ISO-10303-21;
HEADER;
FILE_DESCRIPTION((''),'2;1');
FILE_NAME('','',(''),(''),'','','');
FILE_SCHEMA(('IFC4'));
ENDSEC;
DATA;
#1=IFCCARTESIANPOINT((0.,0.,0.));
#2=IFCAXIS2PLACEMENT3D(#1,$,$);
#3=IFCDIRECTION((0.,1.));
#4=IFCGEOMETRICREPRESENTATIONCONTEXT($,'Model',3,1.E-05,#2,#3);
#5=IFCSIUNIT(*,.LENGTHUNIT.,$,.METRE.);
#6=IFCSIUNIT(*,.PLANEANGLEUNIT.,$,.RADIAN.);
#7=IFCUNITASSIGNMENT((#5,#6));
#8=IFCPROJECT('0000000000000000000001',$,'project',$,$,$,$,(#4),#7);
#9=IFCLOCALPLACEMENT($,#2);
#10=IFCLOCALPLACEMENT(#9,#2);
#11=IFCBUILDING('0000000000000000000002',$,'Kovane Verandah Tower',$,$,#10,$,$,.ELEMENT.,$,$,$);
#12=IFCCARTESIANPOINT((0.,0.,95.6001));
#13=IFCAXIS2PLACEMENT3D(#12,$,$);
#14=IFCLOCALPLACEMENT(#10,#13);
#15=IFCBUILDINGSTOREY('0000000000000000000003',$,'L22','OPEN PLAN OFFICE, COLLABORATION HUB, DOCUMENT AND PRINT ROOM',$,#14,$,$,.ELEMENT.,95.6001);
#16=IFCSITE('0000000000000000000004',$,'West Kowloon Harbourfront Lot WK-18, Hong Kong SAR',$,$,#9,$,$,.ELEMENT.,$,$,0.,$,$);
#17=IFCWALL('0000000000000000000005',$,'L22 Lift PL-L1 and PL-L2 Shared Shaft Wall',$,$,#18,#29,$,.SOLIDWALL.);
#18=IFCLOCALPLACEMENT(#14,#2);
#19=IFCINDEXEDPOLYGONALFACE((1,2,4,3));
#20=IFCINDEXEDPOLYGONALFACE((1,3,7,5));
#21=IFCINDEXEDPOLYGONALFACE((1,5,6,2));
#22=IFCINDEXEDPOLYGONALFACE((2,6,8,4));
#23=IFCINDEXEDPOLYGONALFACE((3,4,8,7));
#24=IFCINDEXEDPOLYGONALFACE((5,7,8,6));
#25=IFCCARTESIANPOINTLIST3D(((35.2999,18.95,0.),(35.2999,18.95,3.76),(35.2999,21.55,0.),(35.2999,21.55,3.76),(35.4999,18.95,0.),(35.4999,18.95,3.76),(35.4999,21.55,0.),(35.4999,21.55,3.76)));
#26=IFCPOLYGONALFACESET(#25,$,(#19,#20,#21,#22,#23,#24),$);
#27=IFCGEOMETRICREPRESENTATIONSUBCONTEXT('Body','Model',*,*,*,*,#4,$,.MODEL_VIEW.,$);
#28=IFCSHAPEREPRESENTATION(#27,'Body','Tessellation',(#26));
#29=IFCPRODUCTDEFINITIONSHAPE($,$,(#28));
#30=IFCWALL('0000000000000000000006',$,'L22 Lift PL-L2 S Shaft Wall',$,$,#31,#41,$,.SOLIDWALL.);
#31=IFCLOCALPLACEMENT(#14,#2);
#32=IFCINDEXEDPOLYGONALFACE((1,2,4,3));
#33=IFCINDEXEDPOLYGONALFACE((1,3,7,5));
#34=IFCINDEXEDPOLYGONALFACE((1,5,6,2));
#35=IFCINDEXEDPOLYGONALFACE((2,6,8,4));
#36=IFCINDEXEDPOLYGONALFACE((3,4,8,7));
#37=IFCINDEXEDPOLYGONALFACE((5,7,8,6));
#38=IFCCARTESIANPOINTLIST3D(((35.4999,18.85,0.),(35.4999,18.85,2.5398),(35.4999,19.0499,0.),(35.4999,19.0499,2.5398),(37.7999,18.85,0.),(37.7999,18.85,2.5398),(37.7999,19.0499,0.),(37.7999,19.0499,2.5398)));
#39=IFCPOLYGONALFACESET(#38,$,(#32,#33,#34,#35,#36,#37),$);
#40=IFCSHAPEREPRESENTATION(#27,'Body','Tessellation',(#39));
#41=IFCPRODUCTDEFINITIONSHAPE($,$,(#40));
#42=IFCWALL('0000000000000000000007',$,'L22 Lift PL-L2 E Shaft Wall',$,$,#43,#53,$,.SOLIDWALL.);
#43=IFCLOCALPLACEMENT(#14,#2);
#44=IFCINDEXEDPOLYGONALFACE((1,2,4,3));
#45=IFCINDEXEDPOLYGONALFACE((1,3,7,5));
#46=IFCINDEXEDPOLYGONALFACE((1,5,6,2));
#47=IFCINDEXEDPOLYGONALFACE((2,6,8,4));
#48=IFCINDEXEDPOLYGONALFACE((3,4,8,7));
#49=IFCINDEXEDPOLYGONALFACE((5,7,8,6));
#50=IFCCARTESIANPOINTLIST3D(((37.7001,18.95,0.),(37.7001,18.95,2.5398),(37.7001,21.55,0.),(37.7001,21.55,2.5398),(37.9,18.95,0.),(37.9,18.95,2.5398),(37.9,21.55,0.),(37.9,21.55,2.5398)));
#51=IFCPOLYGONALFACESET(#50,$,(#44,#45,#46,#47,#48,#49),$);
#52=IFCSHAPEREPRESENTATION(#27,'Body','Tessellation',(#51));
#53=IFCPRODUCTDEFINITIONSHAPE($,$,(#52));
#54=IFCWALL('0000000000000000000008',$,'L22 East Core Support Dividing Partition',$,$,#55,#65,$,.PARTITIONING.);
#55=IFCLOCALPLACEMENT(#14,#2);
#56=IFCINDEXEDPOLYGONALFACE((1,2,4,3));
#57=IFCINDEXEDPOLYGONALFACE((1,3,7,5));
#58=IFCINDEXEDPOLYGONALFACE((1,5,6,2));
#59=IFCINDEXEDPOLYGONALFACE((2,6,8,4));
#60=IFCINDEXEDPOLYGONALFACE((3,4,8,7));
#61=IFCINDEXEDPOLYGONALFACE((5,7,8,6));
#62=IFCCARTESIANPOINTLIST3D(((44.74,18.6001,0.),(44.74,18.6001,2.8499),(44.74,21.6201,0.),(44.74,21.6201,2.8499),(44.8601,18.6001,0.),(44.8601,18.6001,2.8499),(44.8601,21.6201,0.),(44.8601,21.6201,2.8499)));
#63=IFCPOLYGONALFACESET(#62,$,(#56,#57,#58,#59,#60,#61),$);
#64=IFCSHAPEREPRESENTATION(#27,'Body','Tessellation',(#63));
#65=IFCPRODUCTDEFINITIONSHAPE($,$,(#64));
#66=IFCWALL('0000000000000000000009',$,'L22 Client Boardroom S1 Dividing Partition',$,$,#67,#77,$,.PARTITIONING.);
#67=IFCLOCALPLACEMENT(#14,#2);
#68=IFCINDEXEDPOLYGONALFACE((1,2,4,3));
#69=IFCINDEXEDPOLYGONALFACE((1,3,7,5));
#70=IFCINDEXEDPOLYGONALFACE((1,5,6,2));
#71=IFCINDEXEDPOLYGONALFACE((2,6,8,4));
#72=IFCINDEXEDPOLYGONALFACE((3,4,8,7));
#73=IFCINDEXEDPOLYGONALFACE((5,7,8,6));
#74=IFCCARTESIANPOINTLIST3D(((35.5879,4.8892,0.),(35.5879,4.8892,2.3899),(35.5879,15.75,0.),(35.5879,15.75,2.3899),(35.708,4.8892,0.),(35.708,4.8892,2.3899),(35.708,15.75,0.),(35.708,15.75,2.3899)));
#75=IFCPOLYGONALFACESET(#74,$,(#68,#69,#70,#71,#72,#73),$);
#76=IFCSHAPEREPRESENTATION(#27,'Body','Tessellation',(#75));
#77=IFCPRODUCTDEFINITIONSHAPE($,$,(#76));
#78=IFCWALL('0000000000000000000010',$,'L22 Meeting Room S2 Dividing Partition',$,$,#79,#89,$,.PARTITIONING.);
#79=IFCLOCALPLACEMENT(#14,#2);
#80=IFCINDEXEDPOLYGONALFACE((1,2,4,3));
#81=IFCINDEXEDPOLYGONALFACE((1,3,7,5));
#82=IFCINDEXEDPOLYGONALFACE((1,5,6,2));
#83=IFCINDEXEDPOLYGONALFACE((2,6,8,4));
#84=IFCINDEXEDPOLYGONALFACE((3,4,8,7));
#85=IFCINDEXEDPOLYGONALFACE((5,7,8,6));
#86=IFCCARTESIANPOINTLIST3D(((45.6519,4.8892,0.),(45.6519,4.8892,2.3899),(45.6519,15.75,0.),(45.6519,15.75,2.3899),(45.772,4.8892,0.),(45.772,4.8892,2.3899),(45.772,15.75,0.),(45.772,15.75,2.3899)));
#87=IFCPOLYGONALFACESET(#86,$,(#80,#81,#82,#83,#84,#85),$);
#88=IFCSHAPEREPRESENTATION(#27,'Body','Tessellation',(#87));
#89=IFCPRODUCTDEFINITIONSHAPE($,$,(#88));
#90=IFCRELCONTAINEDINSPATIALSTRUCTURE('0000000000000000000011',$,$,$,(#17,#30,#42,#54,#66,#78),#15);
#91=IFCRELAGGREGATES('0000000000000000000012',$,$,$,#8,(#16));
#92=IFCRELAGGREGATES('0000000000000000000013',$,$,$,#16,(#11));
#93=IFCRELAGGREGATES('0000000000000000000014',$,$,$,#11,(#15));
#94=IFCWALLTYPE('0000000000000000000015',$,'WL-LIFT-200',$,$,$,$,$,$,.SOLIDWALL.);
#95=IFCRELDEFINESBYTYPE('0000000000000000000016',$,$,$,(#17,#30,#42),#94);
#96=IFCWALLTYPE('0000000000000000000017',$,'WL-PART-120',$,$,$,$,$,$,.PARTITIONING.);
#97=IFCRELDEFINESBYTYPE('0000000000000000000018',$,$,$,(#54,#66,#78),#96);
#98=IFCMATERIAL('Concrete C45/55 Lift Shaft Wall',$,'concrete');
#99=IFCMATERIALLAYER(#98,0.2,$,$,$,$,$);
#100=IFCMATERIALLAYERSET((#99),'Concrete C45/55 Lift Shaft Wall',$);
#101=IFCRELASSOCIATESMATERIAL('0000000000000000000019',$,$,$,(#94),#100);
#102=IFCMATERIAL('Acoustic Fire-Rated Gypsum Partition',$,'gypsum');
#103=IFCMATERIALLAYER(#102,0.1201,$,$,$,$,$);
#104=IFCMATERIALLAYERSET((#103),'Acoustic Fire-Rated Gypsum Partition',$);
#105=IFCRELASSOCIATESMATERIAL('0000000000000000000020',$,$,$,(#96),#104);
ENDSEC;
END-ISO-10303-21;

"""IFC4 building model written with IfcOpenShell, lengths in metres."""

from ifc_helpers import new_model, si_unit, direction, frame, frame_2d, origin, place, context, subcontext, project, spatial, rectangle, extrude, material, layer, layer_set, type_object, element, save


model = new_model("IFC4")

# Units and contexts
model_context = context("Model", 3, precision=1e-05, world=origin(), true_north=direction((0.0, 1.0)))
body_context = subcontext(model_context, "Body", "Model", "MODEL_VIEW")
ifc_project = project(units=[si_unit("LENGTHUNIT", "METRE"), si_unit("PLANEANGLEUNIT", "RADIAN")], contexts=[model_context])

# Site, building, storey
site_placement = place(None, origin())
site = spatial("IfcSite", under=ifc_project, at=site_placement, Name="West Kowloon Harbourfront Lot WK-18, Hong Kong SAR", CompositionType="ELEMENT", RefElevation=0.0)
building_placement = place(site_placement, origin())
building = spatial("IfcBuilding", under=site, at=building_placement, Name="Kovane Verandah Tower", CompositionType="ELEMENT")
storey_placement = place(building_placement, frame((0.0, 0.0, 95.6001)))
storey = spatial("IfcBuildingStorey", under=building, at=storey_placement, Name="L22", Description="OPEN PLAN OFFICE, COLLABORATION HUB, DOCUMENT AND PRINT ROOM", CompositionType="ELEMENT", Elevation=95.6001)

# Shared definitions
ifc_material_1 = material(Name="Concrete C45/55 Lift Shaft Wall", Category="concrete")
ifc_layer_1 = layer(ifc_material_1, 0.2)
ifc_layer_set_1 = layer_set([ifc_layer_1], Name="Concrete C45/55 Lift Shaft Wall")
wall_type_1 = type_object("IfcWallType", Name="WL-LIFT-200", PredefinedType="SOLIDWALL", material=ifc_layer_set_1)

# Walls
wall_1_placement = place(storey_placement, frame((35.3999, 18.95, 0.0), z_axis=(0.0, 0.0, 1.0), x_axis=(0.0, 1.0, 0.0)))
element("IfcWall", 1, at=wall_1_placement, inside=storey, type_object=wall_type_1, Name="L22 Lift PL-L1 and PL-L2 Shared Shaft Wall", PredefinedType="SOLIDWALL", context=body_context, shape_type="SweptSolid", body=[
    extrude(rectangle(XDim=2.6001, YDim=0.2, at=frame_2d((1.3, 0.0))), origin(), (0.0, 0.0, 1.0), 3.76),
])
wall_2_placement = place(storey_placement, frame((35.5, 18.95, 0.0), z_axis=(0.0, 0.0, 1.0), x_axis=(1.0, 0.0, 0.0)))
element("IfcWall", 2, at=wall_2_placement, inside=storey, type_object=wall_type_1, Name="L22 Lift PL-L2 S Shaft Wall", PredefinedType="SOLIDWALL", context=body_context, shape_type="SweptSolid", body=[
    extrude(rectangle(XDim=2.3, YDim=0.2, at=frame_2d((1.1499, 0.0))), origin(), (0.0, 0.0, 1.0), 2.5398),
])

# Walls
wall_3_placement = place(storey_placement, frame((37.8, 18.95, 0.0), z_axis=(0.0, 0.0, 1.0), x_axis=(0.0, 1.0, 0.0)))
element("IfcWall", 3, at=wall_3_placement, inside=storey, type_object=wall_type_1, Name="L22 Lift PL-L2 E Shaft Wall", PredefinedType="SOLIDWALL", context=body_context, shape_type="SweptSolid", body=[
    extrude(rectangle(XDim=2.6001, YDim=0.2, at=frame_2d((1.3, 0.0))), origin(), (0.0, 0.0, 1.0), 2.5398),
])
ifc_material_2 = material(Name="Acoustic Fire-Rated Gypsum Partition", Category="gypsum")
ifc_layer_2 = layer(ifc_material_2, 0.1201)
ifc_layer_set_2 = layer_set([ifc_layer_2], Name="Acoustic Fire-Rated Gypsum Partition")
wall_type_2 = type_object("IfcWallType", Name="WL-PART-120", PredefinedType="PARTITIONING", material=ifc_layer_set_2)
wall_4_placement = place(storey_placement, frame((44.8, 18.6001, 0.0), z_axis=(0.0, 0.0, 1.0), x_axis=(0.0, 1.0, 0.0)))
element("IfcWall", 4, at=wall_4_placement, inside=storey, type_object=wall_type_2, Name="L22 East Core Support Dividing Partition", PredefinedType="PARTITIONING", context=body_context, shape_type="SweptSolid", body=[
    extrude(rectangle(XDim=3.02, YDim=0.1201, at=frame_2d((1.51, 0.0))), origin(), (0.0, 0.0, 1.0), 2.8499),
])
for number, where, z_axis, x_axis, name in (
    (5, (35.6479, 4.8892, 0.0), (0.0, 0.0, 1.0), (0.0, 1.0, 0.0), "L22 Client Boardroom S1 Dividing Partition"),
    (6, (45.7119, 4.8892, 0.0), (0.0, 0.0, 1.0), (0.0, 1.0, 0.0), "L22 Meeting Room S2 Dividing Partition"),
):
    element("IfcWall", number, at=place(storey_placement, frame(where, z_axis=z_axis, x_axis=x_axis)), inside=storey, type_object=wall_type_2, Name=name, PredefinedType="PARTITIONING", context=body_context, shape_type="SweptSolid", body=[
        extrude(rectangle(XDim=10.8608, YDim=0.1201, at=frame_2d((5.4304, 0.0))), origin(), (0.0, 0.0, 1.0), 2.3899),
    ])

save(model, "model.ifc")
